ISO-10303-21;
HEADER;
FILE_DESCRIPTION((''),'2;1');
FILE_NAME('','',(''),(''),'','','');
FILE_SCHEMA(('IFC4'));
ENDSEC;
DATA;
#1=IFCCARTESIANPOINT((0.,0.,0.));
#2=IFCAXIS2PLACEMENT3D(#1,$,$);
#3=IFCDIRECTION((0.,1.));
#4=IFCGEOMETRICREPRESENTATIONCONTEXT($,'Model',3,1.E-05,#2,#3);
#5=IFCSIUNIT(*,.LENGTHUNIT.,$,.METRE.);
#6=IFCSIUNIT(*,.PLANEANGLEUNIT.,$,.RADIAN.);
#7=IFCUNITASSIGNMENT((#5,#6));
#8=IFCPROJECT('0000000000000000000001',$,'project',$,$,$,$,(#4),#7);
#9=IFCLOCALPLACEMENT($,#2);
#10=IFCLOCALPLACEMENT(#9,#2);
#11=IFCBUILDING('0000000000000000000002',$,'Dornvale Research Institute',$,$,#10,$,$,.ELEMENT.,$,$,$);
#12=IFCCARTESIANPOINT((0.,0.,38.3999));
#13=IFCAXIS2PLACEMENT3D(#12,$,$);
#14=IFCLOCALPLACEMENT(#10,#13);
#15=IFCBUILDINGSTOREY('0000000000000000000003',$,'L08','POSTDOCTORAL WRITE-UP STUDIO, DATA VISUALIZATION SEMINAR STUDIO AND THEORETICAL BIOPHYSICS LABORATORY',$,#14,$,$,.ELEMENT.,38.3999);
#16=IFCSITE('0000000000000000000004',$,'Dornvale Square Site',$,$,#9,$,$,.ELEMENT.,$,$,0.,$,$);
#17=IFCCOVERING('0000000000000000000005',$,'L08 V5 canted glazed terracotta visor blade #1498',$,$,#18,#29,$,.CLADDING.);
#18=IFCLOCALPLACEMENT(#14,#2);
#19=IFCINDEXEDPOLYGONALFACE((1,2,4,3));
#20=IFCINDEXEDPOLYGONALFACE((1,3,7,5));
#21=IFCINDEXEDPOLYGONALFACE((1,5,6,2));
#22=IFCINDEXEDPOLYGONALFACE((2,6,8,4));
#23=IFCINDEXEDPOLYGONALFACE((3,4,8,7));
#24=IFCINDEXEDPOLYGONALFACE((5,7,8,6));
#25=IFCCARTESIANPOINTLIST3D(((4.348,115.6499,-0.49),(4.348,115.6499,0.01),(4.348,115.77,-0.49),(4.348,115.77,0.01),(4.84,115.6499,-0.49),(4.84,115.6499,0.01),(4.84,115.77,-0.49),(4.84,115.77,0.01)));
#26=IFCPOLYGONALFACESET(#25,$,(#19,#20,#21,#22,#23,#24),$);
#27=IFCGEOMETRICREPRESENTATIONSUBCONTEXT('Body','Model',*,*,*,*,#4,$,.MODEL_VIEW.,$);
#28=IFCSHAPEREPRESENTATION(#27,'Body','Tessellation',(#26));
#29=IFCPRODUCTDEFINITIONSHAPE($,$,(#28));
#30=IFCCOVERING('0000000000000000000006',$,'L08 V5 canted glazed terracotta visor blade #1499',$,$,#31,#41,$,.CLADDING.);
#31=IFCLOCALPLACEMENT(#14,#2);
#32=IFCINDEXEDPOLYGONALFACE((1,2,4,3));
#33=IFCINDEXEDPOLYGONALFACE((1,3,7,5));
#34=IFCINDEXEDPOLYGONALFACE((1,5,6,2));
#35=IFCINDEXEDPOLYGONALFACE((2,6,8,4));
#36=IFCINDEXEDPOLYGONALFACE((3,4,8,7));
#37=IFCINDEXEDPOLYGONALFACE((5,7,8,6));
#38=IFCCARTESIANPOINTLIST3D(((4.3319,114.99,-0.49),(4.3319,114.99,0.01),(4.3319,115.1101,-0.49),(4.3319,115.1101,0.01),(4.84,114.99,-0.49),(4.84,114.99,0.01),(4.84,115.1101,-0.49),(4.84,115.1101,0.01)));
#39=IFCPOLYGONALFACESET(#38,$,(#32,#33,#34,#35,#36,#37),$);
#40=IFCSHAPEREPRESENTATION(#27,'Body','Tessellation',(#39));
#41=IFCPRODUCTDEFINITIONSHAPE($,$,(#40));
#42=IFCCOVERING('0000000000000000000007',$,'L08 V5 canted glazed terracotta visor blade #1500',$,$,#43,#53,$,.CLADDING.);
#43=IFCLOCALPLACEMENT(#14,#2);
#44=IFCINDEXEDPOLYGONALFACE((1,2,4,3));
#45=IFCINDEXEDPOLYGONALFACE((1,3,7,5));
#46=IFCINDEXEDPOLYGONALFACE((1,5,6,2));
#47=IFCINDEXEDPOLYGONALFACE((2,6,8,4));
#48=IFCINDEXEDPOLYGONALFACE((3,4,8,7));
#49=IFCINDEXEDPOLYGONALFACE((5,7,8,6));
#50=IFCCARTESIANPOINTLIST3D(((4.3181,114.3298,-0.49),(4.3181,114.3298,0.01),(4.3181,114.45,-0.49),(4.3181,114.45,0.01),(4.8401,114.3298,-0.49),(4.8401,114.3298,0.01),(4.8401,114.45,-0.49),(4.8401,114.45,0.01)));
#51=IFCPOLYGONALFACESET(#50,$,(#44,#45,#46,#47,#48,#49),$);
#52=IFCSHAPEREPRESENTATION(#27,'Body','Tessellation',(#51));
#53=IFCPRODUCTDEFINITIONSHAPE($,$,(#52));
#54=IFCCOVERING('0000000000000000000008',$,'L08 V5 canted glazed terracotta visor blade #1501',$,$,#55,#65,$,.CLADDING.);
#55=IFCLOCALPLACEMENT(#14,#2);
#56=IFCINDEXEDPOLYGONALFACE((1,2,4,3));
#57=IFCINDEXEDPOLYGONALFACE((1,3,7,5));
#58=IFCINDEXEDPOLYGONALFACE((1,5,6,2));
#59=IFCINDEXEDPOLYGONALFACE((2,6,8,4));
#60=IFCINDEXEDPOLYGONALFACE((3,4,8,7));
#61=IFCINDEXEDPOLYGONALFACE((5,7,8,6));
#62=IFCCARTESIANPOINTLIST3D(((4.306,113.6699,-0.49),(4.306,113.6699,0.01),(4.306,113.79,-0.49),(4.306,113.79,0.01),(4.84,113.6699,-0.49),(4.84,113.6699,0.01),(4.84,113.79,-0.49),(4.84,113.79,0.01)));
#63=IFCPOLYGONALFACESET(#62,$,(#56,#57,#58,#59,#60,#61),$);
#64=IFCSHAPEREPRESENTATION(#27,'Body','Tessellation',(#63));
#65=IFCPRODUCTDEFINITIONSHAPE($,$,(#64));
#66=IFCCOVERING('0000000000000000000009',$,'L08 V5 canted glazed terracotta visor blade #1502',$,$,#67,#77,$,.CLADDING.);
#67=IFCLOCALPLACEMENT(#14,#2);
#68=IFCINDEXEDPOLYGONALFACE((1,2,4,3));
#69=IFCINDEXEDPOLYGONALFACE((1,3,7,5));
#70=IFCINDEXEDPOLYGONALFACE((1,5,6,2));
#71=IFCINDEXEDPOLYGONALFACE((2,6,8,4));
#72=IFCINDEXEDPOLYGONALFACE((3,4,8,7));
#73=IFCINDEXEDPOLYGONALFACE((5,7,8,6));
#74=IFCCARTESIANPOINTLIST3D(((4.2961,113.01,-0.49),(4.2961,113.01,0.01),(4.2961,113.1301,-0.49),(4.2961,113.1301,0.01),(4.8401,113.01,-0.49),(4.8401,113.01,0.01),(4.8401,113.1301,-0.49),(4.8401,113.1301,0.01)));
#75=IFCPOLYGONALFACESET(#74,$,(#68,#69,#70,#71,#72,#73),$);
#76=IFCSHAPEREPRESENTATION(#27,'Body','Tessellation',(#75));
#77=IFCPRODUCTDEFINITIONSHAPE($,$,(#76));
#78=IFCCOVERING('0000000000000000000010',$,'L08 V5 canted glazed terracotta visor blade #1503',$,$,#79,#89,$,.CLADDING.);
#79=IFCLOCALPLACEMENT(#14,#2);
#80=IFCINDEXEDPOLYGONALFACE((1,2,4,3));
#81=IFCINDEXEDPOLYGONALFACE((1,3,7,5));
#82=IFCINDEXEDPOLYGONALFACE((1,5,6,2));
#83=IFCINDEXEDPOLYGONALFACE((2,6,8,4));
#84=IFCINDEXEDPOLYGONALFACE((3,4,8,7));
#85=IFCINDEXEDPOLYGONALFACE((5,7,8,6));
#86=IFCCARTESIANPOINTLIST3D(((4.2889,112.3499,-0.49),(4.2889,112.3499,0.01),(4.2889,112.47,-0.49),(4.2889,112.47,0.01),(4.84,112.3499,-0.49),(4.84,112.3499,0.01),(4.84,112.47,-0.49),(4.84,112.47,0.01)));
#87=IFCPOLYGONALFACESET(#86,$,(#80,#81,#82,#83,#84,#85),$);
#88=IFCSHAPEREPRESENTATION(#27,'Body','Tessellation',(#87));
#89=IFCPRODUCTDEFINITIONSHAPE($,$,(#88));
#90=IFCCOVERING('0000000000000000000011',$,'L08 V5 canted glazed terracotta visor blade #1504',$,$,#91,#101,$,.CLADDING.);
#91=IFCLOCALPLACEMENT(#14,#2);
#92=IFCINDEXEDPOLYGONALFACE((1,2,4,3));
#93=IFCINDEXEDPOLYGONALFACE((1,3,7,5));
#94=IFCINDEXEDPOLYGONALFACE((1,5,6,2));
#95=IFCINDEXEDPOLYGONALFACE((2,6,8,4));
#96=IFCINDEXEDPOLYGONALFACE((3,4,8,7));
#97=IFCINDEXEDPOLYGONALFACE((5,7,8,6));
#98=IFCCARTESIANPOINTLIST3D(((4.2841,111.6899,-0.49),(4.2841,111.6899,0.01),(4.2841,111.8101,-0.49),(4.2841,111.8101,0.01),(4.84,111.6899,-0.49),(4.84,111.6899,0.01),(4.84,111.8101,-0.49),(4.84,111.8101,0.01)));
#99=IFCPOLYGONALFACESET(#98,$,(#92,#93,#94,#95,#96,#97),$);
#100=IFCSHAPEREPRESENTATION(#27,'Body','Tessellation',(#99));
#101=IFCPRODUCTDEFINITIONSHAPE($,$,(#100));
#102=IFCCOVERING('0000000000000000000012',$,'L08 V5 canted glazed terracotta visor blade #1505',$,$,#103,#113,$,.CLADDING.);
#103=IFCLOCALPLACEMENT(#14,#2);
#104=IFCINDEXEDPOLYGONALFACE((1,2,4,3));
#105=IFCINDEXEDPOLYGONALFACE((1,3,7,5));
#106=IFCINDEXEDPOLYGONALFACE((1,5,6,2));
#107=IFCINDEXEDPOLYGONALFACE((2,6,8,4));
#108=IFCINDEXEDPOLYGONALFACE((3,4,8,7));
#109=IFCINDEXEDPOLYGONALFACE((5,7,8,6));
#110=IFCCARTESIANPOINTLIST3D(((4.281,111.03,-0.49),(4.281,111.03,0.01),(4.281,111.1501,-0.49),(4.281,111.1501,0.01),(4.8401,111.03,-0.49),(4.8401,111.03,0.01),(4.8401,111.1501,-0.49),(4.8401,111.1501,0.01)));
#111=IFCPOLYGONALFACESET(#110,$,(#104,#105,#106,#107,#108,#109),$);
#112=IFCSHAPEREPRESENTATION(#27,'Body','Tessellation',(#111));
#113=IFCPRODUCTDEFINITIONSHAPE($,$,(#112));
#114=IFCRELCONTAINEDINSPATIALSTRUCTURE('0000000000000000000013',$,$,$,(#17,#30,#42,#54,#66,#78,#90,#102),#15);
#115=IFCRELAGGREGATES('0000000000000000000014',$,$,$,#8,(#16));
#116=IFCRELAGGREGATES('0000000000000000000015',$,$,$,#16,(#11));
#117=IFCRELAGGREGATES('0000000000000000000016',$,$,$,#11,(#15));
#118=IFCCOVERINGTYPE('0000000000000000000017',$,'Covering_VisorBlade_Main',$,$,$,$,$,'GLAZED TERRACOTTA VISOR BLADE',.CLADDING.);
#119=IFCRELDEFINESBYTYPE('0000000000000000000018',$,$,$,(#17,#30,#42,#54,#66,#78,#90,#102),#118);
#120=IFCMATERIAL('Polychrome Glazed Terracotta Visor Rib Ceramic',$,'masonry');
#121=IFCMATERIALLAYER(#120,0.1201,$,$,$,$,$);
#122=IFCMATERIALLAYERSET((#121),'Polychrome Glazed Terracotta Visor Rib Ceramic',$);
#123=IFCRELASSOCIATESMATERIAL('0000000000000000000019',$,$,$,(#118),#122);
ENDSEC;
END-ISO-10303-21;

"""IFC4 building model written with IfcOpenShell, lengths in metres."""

from ifc_helpers import new_model, si_unit, direction, frame, origin, origin_2d, place, context, subcontext, project, spatial, rectangle, extrude, material, layer, layer_set, type_object, element, save


model = new_model("IFC4")

# Units and contexts
model_context = context("Model", 3, precision=1e-05, world=origin(), true_north=direction((0.0, 1.0)))
body_context = subcontext(model_context, "Body", "Model", "MODEL_VIEW")
ifc_project = project(units=[si_unit("LENGTHUNIT", "METRE"), si_unit("PLANEANGLEUNIT", "RADIAN")], contexts=[model_context])

# Site, building, storey
site_placement = place(None, origin())
site = spatial("IfcSite", under=ifc_project, at=site_placement, Name="Dornvale Square Site", CompositionType="ELEMENT", RefElevation=0.0)
building_placement = place(site_placement, origin())
building = spatial("IfcBuilding", under=site, at=building_placement, Name="Dornvale Research Institute", CompositionType="ELEMENT")
storey_placement = place(building_placement, frame((0.0, 0.0, 38.3999)))
storey = spatial("IfcBuildingStorey", under=building, at=storey_placement, Name="L08", Description="POSTDOCTORAL WRITE-UP STUDIO, DATA VISUALIZATION SEMINAR STUDIO AND THEORETICAL BIOPHYSICS LABORATORY", CompositionType="ELEMENT", Elevation=38.3999)

# Coverings
ifc_material_1 = material(Name="Polychrome Glazed Terracotta Visor Rib Ceramic", Category="masonry")
ifc_layer_1 = layer(ifc_material_1, 0.1201)
ifc_layer_set_1 = layer_set([ifc_layer_1], Name="Polychrome Glazed Terracotta Visor Rib Ceramic")
covering_type = type_object("IfcCoveringType", Name="Covering_VisorBlade_Main", ElementType="GLAZED TERRACOTTA VISOR BLADE", PredefinedType="CLADDING", material=ifc_layer_set_1)
covering_1_placement = place(storey_placement, frame((4.594, 115.71, -0.49), z_axis=(0.0, 0.0, 1.0), x_axis=(1.0, 0.0, 0.0)))
element("IfcCovering", 1, at=covering_1_placement, inside=storey, type_object=covering_type, Name="L08 V5 canted glazed terracotta visor blade #1498", PredefinedType="CLADDING", context=body_context, shape_type="SweptSolid", body=[
    extrude(rectangle(XDim=0.4919, YDim=0.1201, at=origin_2d()), origin(), (0.0, 0.0, 1.0), 0.5),
])
covering_2_placement = place(storey_placement, frame((4.5859, 115.05, -0.49), z_axis=(0.0, 0.0, 1.0), x_axis=(1.0, 0.0, 0.0)))
element("IfcCovering", 2, at=covering_2_placement, inside=storey, type_object=covering_type, Name="L08 V5 canted glazed terracotta visor blade #1499", PredefinedType="CLADDING", context=body_context, shape_type="SweptSolid", body=[
    extrude(rectangle(XDim=0.5081, YDim=0.1201, at=origin_2d()), origin(), (0.0, 0.0, 1.0), 0.5),
])
covering_3_placement = place(storey_placement, frame((4.5791, 114.3899, -0.49), z_axis=(0.0, 0.0, 1.0), x_axis=(1.0, 0.0, 0.0)))
element("IfcCovering", 3, at=covering_3_placement, inside=storey, type_object=covering_type, Name="L08 V5 canted glazed terracotta visor blade #1500", PredefinedType="CLADDING", context=body_context, shape_type="SweptSolid", body=[
    extrude(rectangle(XDim=0.522, YDim=0.1201, at=origin_2d()), origin(), (0.0, 0.0, 1.0), 0.5),
])
covering_4_placement = place(storey_placement, frame((4.573, 113.73, -0.49), z_axis=(0.0, 0.0, 1.0), x_axis=(1.0, 0.0, 0.0)))
element("IfcCovering", 4, at=covering_4_placement, inside=storey, type_object=covering_type, Name="L08 V5 canted glazed terracotta visor blade #1501", PredefinedType="CLADDING", context=body_context, shape_type="SweptSolid", body=[
    extrude(rectangle(XDim=0.5339, YDim=0.1201, at=origin_2d()), origin(), (0.0, 0.0, 1.0), 0.5),
])
covering_5_placement = place(storey_placement, frame((4.5681, 113.0701, -0.49), z_axis=(0.0, 0.0, 1.0), x_axis=(1.0, 0.0, 0.0)))
element("IfcCovering", 5, at=covering_5_placement, inside=storey, type_object=covering_type, Name="L08 V5 canted glazed terracotta visor blade #1502", PredefinedType="CLADDING", context=body_context, shape_type="SweptSolid", body=[
    extrude(rectangle(XDim=0.5439, YDim=0.1201, at=origin_2d()), origin(), (0.0, 0.0, 1.0), 0.5),
])
covering_6_placement = place(storey_placement, frame((4.5645, 112.4099, -0.49), z_axis=(0.0, 0.0, 1.0), x_axis=(1.0, 0.0, 0.0)))
element("IfcCovering", 6, at=covering_6_placement, inside=storey, type_object=covering_type, Name="L08 V5 canted glazed terracotta visor blade #1503", PredefinedType="CLADDING", context=body_context, shape_type="SweptSolid", body=[
    extrude(rectangle(XDim=0.551, YDim=0.1201, at=origin_2d()), origin(), (0.0, 0.0, 1.0), 0.5),
])
covering_7_placement = place(storey_placement, frame((4.562, 111.75, -0.49), z_axis=(0.0, 0.0, 1.0), x_axis=(1.0, 0.0, 0.0)))
element("IfcCovering", 7, at=covering_7_placement, inside=storey, type_object=covering_type, Name="L08 V5 canted glazed terracotta visor blade #1504", PredefinedType="CLADDING", context=body_context, shape_type="SweptSolid", body=[
    extrude(rectangle(XDim=0.5559, YDim=0.1201, at=origin_2d()), origin(), (0.0, 0.0, 1.0), 0.5),
])
covering_8_placement = place(storey_placement, frame((4.5605, 111.0901, -0.49), z_axis=(0.0, 0.0, 1.0), x_axis=(1.0, 0.0, 0.0)))
element("IfcCovering", 8, at=covering_8_placement, inside=storey, type_object=covering_type, Name="L08 V5 canted glazed terracotta visor blade #1505", PredefinedType="CLADDING", context=body_context, shape_type="SweptSolid", body=[
    extrude(rectangle(XDim=0.5591, YDim=0.1201, at=origin_2d()), origin(), (0.0, 0.0, 1.0), 0.5),
])

save(model, "model.ifc")
